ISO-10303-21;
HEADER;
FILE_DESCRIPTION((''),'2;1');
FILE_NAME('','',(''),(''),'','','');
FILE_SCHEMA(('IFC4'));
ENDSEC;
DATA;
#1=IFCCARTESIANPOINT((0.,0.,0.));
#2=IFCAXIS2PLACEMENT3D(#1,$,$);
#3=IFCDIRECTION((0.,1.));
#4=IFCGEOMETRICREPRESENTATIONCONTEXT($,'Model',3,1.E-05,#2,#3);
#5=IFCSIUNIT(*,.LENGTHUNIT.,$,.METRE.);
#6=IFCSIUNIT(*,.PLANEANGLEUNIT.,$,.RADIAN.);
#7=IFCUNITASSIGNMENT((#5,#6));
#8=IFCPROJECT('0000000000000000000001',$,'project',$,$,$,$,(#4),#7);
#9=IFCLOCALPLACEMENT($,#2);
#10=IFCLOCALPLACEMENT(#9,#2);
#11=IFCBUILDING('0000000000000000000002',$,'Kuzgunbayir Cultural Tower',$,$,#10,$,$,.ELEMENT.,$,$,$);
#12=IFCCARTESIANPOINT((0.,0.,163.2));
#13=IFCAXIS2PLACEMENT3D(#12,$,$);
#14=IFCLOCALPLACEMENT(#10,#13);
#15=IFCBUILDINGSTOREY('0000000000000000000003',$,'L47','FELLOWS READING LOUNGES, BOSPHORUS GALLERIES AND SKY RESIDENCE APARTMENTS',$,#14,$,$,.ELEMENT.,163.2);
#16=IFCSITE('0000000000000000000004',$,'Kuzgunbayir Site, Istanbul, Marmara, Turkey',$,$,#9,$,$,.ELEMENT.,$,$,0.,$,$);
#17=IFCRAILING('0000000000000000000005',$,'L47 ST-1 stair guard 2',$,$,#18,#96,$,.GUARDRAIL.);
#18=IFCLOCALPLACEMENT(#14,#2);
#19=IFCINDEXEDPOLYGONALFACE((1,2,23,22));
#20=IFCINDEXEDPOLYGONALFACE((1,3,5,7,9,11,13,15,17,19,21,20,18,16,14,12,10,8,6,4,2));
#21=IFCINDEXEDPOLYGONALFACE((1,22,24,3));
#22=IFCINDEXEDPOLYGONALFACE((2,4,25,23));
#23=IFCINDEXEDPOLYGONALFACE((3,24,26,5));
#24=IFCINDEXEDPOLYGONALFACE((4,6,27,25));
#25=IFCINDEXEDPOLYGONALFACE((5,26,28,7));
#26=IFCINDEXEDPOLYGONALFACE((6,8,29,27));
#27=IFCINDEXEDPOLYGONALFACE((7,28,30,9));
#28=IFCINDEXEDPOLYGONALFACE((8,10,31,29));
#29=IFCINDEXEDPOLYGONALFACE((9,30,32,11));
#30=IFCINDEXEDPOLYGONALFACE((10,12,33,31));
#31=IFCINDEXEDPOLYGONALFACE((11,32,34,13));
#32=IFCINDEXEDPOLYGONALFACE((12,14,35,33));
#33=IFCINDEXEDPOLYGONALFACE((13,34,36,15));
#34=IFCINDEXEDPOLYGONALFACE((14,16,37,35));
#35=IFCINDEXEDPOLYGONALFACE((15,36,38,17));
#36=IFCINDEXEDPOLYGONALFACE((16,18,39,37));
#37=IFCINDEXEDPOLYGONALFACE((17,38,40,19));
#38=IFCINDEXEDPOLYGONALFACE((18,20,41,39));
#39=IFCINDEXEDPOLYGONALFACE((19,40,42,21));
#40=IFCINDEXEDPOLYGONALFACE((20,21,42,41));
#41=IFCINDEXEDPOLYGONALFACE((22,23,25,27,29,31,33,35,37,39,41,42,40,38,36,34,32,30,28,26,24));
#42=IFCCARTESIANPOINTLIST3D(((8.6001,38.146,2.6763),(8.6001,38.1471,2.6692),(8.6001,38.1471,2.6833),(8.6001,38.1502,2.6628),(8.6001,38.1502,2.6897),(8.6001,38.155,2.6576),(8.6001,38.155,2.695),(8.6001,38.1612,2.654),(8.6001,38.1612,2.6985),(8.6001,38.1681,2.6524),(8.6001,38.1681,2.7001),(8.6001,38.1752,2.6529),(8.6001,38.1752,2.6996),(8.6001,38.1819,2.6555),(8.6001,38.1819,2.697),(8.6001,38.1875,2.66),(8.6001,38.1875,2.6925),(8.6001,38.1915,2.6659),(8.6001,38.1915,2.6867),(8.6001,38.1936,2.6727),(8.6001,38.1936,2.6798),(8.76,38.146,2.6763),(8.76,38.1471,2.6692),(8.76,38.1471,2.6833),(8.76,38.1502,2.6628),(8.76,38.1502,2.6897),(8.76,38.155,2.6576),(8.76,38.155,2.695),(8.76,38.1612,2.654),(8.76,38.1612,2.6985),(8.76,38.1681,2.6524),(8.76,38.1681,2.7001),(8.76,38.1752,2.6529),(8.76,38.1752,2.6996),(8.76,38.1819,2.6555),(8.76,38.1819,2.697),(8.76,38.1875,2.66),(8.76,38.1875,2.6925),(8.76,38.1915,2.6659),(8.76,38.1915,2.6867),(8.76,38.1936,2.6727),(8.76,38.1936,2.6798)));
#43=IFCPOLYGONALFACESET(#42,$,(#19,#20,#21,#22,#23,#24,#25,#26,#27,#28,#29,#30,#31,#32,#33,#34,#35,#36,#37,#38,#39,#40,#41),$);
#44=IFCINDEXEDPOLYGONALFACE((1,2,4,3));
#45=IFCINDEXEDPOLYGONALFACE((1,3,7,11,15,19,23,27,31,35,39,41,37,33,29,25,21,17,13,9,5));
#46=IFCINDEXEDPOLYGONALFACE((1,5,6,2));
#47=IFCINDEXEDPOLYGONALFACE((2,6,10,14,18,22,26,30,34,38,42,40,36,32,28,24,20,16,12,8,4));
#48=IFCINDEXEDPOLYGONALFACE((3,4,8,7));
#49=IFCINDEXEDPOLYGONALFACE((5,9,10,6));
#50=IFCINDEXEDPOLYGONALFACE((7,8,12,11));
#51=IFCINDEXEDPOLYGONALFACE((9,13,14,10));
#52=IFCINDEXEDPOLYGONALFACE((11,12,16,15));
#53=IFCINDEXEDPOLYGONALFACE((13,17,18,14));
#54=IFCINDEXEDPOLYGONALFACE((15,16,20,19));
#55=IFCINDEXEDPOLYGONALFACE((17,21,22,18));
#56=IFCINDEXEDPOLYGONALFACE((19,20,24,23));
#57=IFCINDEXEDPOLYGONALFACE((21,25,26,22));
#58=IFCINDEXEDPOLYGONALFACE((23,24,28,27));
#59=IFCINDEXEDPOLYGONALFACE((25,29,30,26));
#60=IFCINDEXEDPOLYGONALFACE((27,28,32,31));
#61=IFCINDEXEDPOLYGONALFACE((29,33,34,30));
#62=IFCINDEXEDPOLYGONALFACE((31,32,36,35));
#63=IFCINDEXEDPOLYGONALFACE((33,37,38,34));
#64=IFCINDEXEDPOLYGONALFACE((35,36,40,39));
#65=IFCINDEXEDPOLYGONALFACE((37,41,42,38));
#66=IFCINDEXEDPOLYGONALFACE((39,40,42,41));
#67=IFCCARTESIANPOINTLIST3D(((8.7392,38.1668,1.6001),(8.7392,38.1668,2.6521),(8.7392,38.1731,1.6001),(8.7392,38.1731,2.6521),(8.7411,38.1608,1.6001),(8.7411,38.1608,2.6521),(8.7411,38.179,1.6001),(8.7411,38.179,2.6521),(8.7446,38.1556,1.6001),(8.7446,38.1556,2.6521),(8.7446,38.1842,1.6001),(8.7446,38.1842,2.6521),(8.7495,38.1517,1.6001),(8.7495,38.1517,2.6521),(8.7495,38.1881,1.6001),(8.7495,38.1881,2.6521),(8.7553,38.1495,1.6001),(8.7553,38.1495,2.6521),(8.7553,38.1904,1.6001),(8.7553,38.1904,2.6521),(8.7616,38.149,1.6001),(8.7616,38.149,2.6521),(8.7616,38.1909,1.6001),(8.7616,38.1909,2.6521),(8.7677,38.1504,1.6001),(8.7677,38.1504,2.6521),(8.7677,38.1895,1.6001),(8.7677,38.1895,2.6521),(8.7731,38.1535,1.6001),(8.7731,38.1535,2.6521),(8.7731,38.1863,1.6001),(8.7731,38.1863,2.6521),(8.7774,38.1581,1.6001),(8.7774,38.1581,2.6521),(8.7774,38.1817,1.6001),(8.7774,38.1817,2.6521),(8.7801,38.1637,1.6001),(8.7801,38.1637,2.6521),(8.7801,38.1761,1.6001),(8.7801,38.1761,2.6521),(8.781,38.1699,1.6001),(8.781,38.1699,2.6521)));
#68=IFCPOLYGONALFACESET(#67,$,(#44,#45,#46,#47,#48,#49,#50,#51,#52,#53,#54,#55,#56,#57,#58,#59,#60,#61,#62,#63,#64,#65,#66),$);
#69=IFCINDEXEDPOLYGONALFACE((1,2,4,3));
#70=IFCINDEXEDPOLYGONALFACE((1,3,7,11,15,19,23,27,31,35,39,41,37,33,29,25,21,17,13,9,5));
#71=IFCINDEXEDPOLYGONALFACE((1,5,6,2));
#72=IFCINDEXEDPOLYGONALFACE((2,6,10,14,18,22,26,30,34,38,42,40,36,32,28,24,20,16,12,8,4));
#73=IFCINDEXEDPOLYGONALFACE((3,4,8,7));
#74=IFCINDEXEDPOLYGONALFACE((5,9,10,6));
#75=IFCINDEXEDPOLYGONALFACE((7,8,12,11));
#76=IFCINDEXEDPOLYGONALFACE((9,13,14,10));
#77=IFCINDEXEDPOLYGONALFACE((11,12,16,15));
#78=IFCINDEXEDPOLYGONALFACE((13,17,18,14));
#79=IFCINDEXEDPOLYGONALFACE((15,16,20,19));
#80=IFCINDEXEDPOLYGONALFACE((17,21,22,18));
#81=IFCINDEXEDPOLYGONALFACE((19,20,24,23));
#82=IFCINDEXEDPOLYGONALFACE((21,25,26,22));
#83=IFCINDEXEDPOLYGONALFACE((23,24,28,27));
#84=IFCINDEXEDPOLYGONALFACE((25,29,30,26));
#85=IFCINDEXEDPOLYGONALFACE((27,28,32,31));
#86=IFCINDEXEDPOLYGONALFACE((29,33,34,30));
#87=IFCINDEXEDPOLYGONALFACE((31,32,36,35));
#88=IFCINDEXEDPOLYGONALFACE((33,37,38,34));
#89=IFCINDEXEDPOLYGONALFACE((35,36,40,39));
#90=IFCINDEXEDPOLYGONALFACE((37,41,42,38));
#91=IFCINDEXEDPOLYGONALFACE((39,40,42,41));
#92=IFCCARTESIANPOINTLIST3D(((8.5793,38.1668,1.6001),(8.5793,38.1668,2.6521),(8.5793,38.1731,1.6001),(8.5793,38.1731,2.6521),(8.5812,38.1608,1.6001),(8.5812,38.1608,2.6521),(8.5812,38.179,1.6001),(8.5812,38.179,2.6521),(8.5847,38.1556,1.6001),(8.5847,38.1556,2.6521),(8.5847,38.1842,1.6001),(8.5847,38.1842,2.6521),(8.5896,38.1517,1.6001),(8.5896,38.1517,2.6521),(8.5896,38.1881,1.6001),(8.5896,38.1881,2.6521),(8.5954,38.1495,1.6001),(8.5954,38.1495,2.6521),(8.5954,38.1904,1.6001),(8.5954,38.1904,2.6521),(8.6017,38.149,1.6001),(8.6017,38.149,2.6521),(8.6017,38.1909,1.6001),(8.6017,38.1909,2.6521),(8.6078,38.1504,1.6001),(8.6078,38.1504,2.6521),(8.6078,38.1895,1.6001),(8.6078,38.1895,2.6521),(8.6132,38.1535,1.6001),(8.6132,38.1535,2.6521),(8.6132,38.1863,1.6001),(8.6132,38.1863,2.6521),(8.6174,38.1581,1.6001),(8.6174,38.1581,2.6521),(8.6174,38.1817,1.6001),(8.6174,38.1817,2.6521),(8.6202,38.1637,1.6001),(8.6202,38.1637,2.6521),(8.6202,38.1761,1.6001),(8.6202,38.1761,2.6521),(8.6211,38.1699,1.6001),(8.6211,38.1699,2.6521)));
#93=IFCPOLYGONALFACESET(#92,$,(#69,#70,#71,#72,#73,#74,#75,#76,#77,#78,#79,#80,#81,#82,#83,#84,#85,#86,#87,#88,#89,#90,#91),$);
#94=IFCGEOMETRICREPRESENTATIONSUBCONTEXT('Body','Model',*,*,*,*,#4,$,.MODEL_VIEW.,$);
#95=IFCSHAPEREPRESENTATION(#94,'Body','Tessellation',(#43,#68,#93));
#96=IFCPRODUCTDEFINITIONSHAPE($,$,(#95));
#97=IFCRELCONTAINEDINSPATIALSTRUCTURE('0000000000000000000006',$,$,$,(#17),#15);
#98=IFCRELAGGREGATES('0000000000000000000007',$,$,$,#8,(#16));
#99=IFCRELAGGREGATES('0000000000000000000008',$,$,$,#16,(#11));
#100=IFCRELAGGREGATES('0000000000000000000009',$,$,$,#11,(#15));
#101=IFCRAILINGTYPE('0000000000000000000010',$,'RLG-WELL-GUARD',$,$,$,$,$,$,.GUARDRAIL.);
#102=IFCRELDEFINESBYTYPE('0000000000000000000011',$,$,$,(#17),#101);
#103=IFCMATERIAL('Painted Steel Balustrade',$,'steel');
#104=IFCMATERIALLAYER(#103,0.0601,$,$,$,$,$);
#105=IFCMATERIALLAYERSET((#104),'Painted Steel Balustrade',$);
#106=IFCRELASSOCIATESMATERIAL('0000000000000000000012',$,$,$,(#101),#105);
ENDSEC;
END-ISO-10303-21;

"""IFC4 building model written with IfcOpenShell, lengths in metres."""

from ifc_helpers import new_model, si_unit, direction, frame, origin, origin_2d, place, context, subcontext, project, spatial, circle, extrude, material, layer, layer_set, type_object, element, save


model = new_model("IFC4")

# Units and contexts
model_context = context("Model", 3, precision=1e-05, world=origin(), true_north=direction((0.0, 1.0)))
body_context = subcontext(model_context, "Body", "Model", "MODEL_VIEW")
ifc_project = project(units=[si_unit("LENGTHUNIT", "METRE"), si_unit("PLANEANGLEUNIT", "RADIAN")], contexts=[model_context])

# Site, building, storey
site_placement = place(None, origin())
site = spatial("IfcSite", under=ifc_project, at=site_placement, Name="Kuzgunbayir Site, Istanbul, Marmara, Turkey", CompositionType="ELEMENT", RefElevation=0.0)
building_placement = place(site_placement, origin())
building = spatial("IfcBuilding", under=site, at=building_placement, Name="Kuzgunbayir Cultural Tower", CompositionType="ELEMENT")
storey_placement = place(building_placement, frame((0.0, 0.0, 163.2)))
storey = spatial("IfcBuildingStorey", under=building, at=storey_placement, Name="L47", Description="FELLOWS READING LOUNGES, BOSPHORUS GALLERIES AND SKY RESIDENCE APARTMENTS", CompositionType="ELEMENT", Elevation=163.2)

# Railing
ifc_material_1 = material(Name="Painted Steel Balustrade", Category="steel")
ifc_layer_1 = layer(ifc_material_1, 0.0601)
ifc_layer_set_1 = layer_set([ifc_layer_1], Name="Painted Steel Balustrade")
railing_type_1 = type_object("IfcRailingType", Name="RLG-WELL-GUARD", PredefinedType="GUARDRAIL", material=ifc_layer_set_1)
railing_1_placement = place(storey_placement, frame((8.76, 38.1699, 1.6001)))
element("IfcRailing", 1, at=railing_1_placement, inside=storey, type_object=railing_type_1, Name="L47 ST-1 stair guard 2", PredefinedType="GUARDRAIL", context=body_context, shape_type="SweptSolid", body=[
    extrude(circle(Radius=0.0239, at=origin_2d()), frame((0.0, 0.0, 1.0762), z_axis=(-1.0, 0.0, 0.0), x_axis=(0.0, -1.0, 0.0)), (0.0, 0.0, 1.0), 0.1599),
    extrude(circle(Radius=0.021, at=origin_2d()), origin(), (0.0, 0.0, 1.0), 1.052),
    extrude(circle(Radius=0.021, at=origin_2d()), frame((-0.1599, 0.0, 0.0)), (0.0, 0.0, 1.0), 1.052),
])

save(model, "model.ifc")
